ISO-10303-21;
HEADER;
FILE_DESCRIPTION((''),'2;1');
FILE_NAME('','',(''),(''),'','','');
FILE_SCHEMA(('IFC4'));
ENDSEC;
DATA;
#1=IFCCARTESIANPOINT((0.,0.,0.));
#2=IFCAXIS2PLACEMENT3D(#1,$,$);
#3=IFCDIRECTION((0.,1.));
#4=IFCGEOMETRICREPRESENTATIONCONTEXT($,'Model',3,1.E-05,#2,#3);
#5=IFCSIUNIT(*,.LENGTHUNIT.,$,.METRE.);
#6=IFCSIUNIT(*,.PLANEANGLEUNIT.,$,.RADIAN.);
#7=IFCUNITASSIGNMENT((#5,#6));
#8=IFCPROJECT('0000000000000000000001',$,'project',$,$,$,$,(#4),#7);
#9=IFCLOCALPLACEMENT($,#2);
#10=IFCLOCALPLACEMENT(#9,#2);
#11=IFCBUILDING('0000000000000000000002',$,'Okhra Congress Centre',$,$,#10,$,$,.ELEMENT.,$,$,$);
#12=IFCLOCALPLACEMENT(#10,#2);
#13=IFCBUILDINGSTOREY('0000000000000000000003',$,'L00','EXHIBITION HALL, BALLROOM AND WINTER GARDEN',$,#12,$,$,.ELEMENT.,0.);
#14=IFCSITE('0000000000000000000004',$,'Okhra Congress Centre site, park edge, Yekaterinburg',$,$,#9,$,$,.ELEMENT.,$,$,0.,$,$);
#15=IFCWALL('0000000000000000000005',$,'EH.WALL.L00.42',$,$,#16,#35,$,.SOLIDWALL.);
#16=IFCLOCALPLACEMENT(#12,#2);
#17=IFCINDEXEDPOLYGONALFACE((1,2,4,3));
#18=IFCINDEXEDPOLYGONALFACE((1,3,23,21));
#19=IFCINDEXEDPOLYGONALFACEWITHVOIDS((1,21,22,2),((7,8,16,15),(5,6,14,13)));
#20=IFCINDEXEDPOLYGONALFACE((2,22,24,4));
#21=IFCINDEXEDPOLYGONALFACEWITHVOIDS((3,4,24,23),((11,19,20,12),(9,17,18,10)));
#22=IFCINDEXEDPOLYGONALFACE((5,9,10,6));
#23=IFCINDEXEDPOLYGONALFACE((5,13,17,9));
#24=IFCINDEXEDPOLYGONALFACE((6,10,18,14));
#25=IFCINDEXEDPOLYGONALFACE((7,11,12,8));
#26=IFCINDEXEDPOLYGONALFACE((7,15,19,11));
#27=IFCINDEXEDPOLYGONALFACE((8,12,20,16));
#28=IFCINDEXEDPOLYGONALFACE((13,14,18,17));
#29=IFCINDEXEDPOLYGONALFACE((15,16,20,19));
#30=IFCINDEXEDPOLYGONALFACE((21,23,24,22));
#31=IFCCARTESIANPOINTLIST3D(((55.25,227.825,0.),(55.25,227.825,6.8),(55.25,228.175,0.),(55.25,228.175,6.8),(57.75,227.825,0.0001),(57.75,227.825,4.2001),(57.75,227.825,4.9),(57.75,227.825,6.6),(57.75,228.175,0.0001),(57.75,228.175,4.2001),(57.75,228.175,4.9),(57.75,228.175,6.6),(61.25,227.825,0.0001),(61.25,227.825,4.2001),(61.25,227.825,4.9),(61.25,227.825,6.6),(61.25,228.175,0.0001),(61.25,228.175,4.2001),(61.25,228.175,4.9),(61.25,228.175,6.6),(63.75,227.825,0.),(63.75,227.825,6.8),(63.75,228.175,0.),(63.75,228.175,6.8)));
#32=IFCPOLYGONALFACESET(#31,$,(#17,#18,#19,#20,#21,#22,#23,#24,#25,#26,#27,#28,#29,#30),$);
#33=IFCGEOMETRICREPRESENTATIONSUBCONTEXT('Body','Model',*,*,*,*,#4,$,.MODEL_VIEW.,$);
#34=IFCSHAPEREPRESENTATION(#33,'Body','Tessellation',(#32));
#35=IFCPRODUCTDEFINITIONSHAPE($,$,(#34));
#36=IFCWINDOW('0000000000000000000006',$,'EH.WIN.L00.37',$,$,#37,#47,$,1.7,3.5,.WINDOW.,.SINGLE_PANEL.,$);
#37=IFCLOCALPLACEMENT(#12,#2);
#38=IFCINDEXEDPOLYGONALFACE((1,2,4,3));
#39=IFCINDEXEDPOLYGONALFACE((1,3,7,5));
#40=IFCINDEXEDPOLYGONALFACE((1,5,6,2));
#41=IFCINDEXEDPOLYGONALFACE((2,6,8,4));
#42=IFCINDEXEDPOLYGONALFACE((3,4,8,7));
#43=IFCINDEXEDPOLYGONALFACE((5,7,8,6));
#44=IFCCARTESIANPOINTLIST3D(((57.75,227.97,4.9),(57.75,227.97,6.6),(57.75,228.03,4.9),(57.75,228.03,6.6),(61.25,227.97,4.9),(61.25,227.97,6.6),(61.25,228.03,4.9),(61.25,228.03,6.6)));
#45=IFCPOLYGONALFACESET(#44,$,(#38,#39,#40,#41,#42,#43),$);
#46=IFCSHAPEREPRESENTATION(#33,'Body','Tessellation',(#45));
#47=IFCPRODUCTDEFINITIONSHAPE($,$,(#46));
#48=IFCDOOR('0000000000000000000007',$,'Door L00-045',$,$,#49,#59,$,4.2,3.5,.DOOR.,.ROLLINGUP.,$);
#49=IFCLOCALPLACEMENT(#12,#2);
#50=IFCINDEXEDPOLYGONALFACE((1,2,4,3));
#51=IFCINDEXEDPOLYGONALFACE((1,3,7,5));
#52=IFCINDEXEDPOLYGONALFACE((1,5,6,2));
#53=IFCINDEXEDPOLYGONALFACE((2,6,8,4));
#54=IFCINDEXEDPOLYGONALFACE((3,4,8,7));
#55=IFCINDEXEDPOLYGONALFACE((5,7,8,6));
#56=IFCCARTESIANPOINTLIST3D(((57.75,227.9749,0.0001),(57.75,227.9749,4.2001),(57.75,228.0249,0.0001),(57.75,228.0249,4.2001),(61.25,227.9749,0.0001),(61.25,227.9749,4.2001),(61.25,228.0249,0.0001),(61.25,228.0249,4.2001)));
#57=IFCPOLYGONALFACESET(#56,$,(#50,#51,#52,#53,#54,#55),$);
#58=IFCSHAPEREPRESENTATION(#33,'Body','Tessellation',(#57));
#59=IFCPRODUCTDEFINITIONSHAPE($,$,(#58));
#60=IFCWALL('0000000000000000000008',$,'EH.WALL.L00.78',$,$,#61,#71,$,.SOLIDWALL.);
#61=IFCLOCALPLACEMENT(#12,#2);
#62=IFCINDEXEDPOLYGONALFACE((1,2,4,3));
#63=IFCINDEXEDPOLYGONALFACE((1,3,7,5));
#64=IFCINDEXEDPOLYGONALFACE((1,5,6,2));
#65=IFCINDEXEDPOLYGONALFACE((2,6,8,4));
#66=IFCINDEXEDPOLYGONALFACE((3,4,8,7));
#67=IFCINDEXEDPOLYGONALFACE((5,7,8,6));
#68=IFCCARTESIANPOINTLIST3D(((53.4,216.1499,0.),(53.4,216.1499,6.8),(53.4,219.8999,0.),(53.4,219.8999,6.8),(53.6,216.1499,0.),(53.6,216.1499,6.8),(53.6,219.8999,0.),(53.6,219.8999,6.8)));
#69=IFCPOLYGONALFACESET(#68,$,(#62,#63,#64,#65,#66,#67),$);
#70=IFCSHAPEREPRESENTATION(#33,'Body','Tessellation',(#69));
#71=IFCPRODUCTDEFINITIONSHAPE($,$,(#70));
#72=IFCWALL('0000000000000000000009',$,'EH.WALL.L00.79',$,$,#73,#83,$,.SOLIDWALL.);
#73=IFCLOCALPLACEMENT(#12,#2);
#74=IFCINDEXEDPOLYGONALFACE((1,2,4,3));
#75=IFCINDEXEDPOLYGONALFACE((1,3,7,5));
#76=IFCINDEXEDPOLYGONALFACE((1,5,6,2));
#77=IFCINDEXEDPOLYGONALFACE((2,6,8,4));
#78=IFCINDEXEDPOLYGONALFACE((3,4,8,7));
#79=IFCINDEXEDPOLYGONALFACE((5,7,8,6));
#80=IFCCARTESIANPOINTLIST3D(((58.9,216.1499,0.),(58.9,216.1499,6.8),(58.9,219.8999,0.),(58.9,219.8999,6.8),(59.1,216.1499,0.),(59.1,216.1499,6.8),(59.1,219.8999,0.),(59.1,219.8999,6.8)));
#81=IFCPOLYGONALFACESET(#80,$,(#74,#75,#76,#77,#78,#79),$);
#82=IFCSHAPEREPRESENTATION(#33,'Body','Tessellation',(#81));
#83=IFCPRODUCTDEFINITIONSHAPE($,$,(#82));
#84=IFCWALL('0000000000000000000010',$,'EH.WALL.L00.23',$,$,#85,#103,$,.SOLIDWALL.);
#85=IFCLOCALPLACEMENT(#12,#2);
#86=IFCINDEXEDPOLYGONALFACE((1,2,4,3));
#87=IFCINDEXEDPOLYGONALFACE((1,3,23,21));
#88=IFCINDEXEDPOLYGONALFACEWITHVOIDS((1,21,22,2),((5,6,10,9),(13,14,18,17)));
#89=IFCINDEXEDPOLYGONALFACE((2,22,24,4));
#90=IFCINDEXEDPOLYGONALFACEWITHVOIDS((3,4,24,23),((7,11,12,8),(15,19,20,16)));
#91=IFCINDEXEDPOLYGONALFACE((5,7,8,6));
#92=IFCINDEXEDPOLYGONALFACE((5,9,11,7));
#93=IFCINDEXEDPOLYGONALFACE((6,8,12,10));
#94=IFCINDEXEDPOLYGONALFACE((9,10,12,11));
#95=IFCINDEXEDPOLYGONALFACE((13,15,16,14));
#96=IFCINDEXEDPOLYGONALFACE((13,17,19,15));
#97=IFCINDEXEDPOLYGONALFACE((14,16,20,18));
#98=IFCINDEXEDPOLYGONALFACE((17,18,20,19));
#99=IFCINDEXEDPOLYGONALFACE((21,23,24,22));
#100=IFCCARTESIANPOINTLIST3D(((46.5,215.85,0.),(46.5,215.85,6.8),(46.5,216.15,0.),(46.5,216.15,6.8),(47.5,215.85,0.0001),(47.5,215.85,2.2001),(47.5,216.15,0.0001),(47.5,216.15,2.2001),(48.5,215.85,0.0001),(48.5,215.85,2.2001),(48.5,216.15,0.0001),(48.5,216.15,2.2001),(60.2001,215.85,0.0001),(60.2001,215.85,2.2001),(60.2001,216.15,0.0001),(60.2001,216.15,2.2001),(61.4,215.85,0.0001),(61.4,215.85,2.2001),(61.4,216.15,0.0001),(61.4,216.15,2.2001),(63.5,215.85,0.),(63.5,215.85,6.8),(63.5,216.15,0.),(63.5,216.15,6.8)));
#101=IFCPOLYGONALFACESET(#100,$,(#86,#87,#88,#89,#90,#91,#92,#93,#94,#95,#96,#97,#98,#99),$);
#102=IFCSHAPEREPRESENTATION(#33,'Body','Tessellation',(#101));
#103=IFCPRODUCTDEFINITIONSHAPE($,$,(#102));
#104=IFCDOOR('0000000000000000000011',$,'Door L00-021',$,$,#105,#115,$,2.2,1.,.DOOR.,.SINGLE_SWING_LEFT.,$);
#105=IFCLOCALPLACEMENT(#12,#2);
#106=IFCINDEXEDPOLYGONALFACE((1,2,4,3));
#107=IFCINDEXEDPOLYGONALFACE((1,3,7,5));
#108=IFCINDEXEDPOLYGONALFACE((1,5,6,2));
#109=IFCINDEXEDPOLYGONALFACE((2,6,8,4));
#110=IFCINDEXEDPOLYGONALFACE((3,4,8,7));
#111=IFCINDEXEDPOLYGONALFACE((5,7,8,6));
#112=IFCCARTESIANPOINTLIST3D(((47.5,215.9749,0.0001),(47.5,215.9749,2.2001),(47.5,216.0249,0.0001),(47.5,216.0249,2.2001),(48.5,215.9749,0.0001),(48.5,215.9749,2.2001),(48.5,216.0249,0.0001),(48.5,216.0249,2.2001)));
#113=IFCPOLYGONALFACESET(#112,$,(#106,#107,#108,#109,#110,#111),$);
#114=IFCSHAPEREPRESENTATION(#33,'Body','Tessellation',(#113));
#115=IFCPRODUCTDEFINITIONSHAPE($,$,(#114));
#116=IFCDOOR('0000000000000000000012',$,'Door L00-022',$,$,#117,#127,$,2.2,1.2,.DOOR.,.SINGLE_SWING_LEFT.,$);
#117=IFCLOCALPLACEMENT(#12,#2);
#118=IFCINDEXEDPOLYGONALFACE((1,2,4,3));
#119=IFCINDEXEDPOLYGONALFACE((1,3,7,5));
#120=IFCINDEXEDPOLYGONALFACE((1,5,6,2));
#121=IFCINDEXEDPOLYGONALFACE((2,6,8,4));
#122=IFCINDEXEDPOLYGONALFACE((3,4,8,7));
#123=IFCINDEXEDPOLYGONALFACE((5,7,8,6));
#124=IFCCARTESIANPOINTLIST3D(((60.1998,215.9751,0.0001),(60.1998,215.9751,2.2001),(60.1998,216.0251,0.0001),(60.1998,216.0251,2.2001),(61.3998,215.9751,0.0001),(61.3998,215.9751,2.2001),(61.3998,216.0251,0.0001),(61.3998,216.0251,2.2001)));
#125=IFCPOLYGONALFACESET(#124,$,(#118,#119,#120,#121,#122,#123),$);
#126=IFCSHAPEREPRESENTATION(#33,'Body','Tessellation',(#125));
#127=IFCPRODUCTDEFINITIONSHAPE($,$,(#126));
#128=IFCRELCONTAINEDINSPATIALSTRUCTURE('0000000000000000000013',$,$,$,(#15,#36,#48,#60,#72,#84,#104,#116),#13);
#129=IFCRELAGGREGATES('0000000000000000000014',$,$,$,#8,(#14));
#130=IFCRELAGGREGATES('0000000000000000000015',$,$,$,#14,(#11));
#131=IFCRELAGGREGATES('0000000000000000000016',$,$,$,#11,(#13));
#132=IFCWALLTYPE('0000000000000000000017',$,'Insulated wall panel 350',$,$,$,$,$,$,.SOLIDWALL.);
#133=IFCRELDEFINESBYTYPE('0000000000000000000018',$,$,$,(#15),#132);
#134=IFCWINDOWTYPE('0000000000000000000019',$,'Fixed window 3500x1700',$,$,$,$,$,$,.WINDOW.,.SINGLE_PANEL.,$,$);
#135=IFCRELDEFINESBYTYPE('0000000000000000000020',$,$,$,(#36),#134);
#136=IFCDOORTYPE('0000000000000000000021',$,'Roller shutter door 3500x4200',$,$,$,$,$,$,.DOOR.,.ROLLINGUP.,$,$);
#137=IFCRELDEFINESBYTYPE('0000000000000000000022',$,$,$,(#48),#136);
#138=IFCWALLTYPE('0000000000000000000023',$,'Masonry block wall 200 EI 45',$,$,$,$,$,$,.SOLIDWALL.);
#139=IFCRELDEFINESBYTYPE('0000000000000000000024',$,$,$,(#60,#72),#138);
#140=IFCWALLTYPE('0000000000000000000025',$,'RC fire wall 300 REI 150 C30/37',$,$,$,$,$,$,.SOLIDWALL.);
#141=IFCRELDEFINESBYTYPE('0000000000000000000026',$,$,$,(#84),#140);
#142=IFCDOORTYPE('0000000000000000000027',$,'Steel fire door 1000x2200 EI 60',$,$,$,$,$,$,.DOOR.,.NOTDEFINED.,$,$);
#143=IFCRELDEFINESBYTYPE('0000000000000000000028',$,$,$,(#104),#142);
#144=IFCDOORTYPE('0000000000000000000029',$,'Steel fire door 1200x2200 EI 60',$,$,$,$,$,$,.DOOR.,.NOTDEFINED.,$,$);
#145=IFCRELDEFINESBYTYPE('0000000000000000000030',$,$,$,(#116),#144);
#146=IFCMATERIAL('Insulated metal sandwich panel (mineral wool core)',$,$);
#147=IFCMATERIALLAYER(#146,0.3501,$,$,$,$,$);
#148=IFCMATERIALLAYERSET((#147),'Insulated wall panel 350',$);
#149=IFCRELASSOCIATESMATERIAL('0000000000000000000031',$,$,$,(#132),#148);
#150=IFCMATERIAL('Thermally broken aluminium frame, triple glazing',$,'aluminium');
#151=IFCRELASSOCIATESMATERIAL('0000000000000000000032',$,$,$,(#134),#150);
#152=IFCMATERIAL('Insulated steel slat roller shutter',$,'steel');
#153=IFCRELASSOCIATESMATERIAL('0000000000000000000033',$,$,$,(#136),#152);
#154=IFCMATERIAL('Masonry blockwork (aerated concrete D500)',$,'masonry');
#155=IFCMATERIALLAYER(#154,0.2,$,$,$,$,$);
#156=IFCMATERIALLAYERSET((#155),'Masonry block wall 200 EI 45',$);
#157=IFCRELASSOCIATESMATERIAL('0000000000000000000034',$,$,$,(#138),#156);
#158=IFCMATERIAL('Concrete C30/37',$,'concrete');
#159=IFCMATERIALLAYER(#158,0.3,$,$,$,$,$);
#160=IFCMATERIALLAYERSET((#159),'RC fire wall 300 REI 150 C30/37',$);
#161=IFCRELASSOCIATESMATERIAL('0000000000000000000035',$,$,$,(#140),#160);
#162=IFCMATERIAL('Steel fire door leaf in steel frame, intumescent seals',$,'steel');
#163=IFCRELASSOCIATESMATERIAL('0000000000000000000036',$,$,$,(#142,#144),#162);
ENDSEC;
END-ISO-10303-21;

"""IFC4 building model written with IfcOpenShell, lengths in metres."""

from ifc_helpers import new_model, si_unit, direction, frame, frame_2d, origin, place, context, subcontext, project, spatial, rectangle, extrude, material, layer, layer_set, type_object, element, fill, save


model = new_model("IFC4")

# Units and contexts
model_context = context("Model", 3, precision=1e-05, world=origin(), true_north=direction((0.0, 1.0)))
body_context = subcontext(model_context, "Body", "Model", "MODEL_VIEW")
ifc_project = project(units=[si_unit("LENGTHUNIT", "METRE"), si_unit("PLANEANGLEUNIT", "RADIAN")], contexts=[model_context])

# Site, building, storey
site_placement = place(None, origin())
site = spatial("IfcSite", under=ifc_project, at=site_placement, Name="Okhra Congress Centre site, park edge, Yekaterinburg", CompositionType="ELEMENT", RefElevation=0.0)
building_placement = place(site_placement, origin())
building = spatial("IfcBuilding", under=site, at=building_placement, Name="Okhra Congress Centre", CompositionType="ELEMENT")
storey_placement = place(building_placement, origin())
storey = spatial("IfcBuildingStorey", under=building, at=storey_placement, Name="L00", Description="EXHIBITION HALL, BALLROOM AND WINTER GARDEN", CompositionType="ELEMENT", Elevation=0.0)

# Shared definitions
ifc_material_1 = material(Name="Concrete C30/37", Category="concrete")

# Wall, openings, window, door
ifc_material_2 = material(Name="Insulated metal sandwich panel (mineral wool core)")
ifc_layer_1 = layer(ifc_material_2, 0.3501)
ifc_layer_set_1 = layer_set([ifc_layer_1], Name="Insulated wall panel 350")
wall_type_1 = type_object("IfcWallType", Name="Insulated wall panel 350", PredefinedType="SOLIDWALL", material=ifc_layer_set_1)
ifc_material_3 = material(Name="Thermally broken aluminium frame, triple glazing", Category="aluminium")
window_type = type_object("IfcWindowType", Name="Fixed window 3500x1700", PartitioningType="SINGLE_PANEL", PredefinedType="WINDOW", material=ifc_material_3)
ifc_material_4 = material(Name="Insulated steel slat roller shutter", Category="steel")
door_type_1 = type_object("IfcDoorType", Name="Roller shutter door 3500x4200", OperationType="ROLLINGUP", PredefinedType="DOOR", material=ifc_material_4)
wall_1_placement = place(storey_placement, frame((55.25, 228.0, 0.0), z_axis=(0.0, 0.0, 1.0), x_axis=(1.0, 0.0, 0.0)))
wall_1 = element("IfcWall", 1, at=wall_1_placement, inside=storey, type_object=wall_type_1, Name="EH.WALL.L00.42", PredefinedType="SOLIDWALL", context=body_context, shape_type="SweptSolid", body=[
    extrude(rectangle(XDim=8.5, YDim=0.3501, at=frame_2d((4.25, 0.0))), origin(), (0.0, 0.0, 1.0), 6.8),
])
opening_1_placement = place(wall_1_placement, frame((2.5, 0.0, 0.0)))
opening_1 = element("IfcOpeningElement", 2, at=opening_1_placement, cuts=wall_1, PredefinedType="OPENING", context=body_context, shape_type="SweptSolid", body=[
    extrude(rectangle(XDim=3.5, YDim=4.2, at=frame_2d((1.75, 2.1001))), frame((0.0, 0.1851, 0.0), z_axis=(0.0, -1.0, 0.0), x_axis=(1.0, 0.0, 0.0)), (0.0, 0.0, 1.0), 0.3701),
])
opening_2_placement = place(wall_1_placement, frame((2.5, 0.0, 4.8999)))
opening_2 = element("IfcOpeningElement", 3, at=opening_2_placement, cuts=wall_1, PredefinedType="OPENING", context=body_context, shape_type="SweptSolid", body=[
    extrude(rectangle(XDim=3.5, YDim=1.7, at=frame_2d((1.75, 0.8501))), frame((0.0, 0.1851, 0.0), z_axis=(0.0, -1.0, 0.0), x_axis=(1.0, 0.0, 0.0)), (0.0, 0.0, 1.0), 0.3701),
])
window_1_placement = place(opening_2_placement, origin())
window_1 = element("IfcWindow", 4, at=window_1_placement, inside=storey, type_object=window_type, Name="EH.WIN.L00.37", OverallHeight=1.7, OverallWidth=3.5, PartitioningType="SINGLE_PANEL", PredefinedType="WINDOW", context=body_context, shape_type="SweptSolid", body=[
    extrude(rectangle(XDim=3.5, YDim=1.7, at=frame_2d((1.75, 0.8501))), frame((0.0, 0.03, 0.0), z_axis=(0.0, -1.0, 0.0), x_axis=(1.0, 0.0, 0.0)), (0.0, 0.0, 1.0), 0.0601),
])
fill(opening_2, window_1)
door_1_placement = place(opening_1_placement, origin())
door_1 = element("IfcDoor", 5, at=door_1_placement, inside=storey, type_object=door_type_1, Name="Door L00-045", OperationType="ROLLINGUP", OverallHeight=4.2, OverallWidth=3.5, PredefinedType="DOOR", context=body_context, shape_type="SweptSolid", body=[
    extrude(rectangle(XDim=3.5, YDim=4.2, at=frame_2d((1.75, 2.1001))), frame((0.0, 0.0249, 0.0), z_axis=(0.0, -1.0, 0.0), x_axis=(1.0, 0.0, 0.0)), (0.0, 0.0, 1.0), 0.05),
])
fill(opening_1, door_1)

# Walls
ifc_material_5 = material(Name="Masonry blockwork (aerated concrete D500)", Category="masonry")
ifc_layer_2 = layer(ifc_material_5, 0.2)
ifc_layer_set_2 = layer_set([ifc_layer_2], Name="Masonry block wall 200 EI 45")
wall_type_2 = type_object("IfcWallType", Name="Masonry block wall 200 EI 45", PredefinedType="SOLIDWALL", material=ifc_layer_set_2)
for number, where, z_axis, x_axis, name in (
    (6, (53.5, 216.1499, 0.0), (0.0, 0.0, 1.0), (0.0, 1.0, 0.0), "EH.WALL.L00.78"),
    (7, (59.0, 216.1499, 0.0), (0.0, 0.0, 1.0), (0.0, 1.0, 0.0), "EH.WALL.L00.79"),
):
    element("IfcWall", number, at=place(storey_placement, frame(where, z_axis=z_axis, x_axis=x_axis)), inside=storey, type_object=wall_type_2, Name=name, PredefinedType="SOLIDWALL", context=body_context, shape_type="SweptSolid", body=[
        extrude(rectangle(XDim=3.75, YDim=0.2, at=frame_2d((1.875, 0.0))), origin(), (0.0, 0.0, 1.0), 6.8),
    ])

# Wall, openings, doors
ifc_layer_3 = layer(ifc_material_1, 0.3)
ifc_layer_set_3 = layer_set([ifc_layer_3], Name="RC fire wall 300 REI 150 C30/37")
wall_type_3 = type_object("IfcWallType", Name="RC fire wall 300 REI 150 C30/37", PredefinedType="SOLIDWALL", material=ifc_layer_set_3)
wall_2_placement = place(storey_placement, frame((46.5, 216.0, 0.0), z_axis=(0.0, 0.0, 1.0), x_axis=(1.0, 0.0, 0.0)))
wall_2 = element("IfcWall", 8, at=wall_2_placement, inside=storey, type_object=wall_type_3, Name="EH.WALL.L00.23", PredefinedType="SOLIDWALL", context=body_context, shape_type="SweptSolid", body=[
    extrude(rectangle(XDim=17.0, YDim=0.3, at=frame_2d((8.5, 0.0))), origin(), (0.0, 0.0, 1.0), 6.8),
])
opening_3_placement = place(wall_2_placement, frame((1.0, 0.0, 0.0)))
opening_3 = element("IfcOpeningElement", 9, at=opening_3_placement, cuts=wall_2, PredefinedType="OPENING", context=body_context, shape_type="SweptSolid", body=[
    extrude(rectangle(XDim=1.0, YDim=2.2, at=frame_2d((0.5, 1.1001))), frame((0.0, 0.1599, 0.0), z_axis=(0.0, -1.0, 0.0), x_axis=(1.0, 0.0, 0.0)), (0.0, 0.0, 1.0), 0.3201),
])
opening_4_placement = place(wall_2_placement, frame((13.7, 0.0, 0.0)))
opening_4 = element("IfcOpeningElement", 10, at=opening_4_placement, cuts=wall_2, PredefinedType="OPENING", context=body_context, shape_type="SweptSolid", body=[
    extrude(rectangle(XDim=1.2, YDim=2.2, at=frame_2d((0.6001, 1.1001))), frame((0.0, 0.1599, 0.0), z_axis=(0.0, -1.0, 0.0), x_axis=(1.0, 0.0, 0.0)), (0.0, 0.0, 1.0), 0.3201),
])
ifc_material_6 = material(Name="Steel fire door leaf in steel frame, intumescent seals", Category="steel")
door_type_2 = type_object("IfcDoorType", Name="Steel fire door 1000x2200 EI 60", OperationType="NOTDEFINED", PredefinedType="DOOR", material=ifc_material_6)
door_2_placement = place(opening_3_placement, origin())
door_2 = element("IfcDoor", 11, at=door_2_placement, inside=storey, type_object=door_type_2, Name="Door L00-021", OperationType="SINGLE_SWING_LEFT", OverallHeight=2.2, OverallWidth=1.0, PredefinedType="DOOR", context=body_context, shape_type="SweptSolid", body=[
    extrude(rectangle(XDim=1.0, YDim=2.2, at=frame_2d((0.5, 1.1001))), frame((0.0, 0.0249, 0.0), z_axis=(0.0, -1.0, 0.0), x_axis=(1.0, 0.0, 0.0)), (0.0, 0.0, 1.0), 0.05),
])
fill(opening_3, door_2)
door_type_3 = type_object("IfcDoorType", Name="Steel fire door 1200x2200 EI 60", OperationType="NOTDEFINED", PredefinedType="DOOR", material=ifc_material_6)
door_3_placement = place(opening_4_placement, frame((1.2, 0.0, 0.0), z_axis=(0.0, 0.0, 1.0), x_axis=(-1.0, 0.0, 0.0)))
door_3 = element("IfcDoor", 12, at=door_3_placement, inside=storey, type_object=door_type_3, Name="Door L00-022", OperationType="SINGLE_SWING_LEFT", OverallHeight=2.2, OverallWidth=1.2, PredefinedType="DOOR", context=body_context, shape_type="SweptSolid", body=[
    extrude(rectangle(XDim=1.2, YDim=2.2, at=frame_2d((0.6001, 1.1001))), frame((0.0, 0.0249, 0.0), z_axis=(0.0, -1.0, 0.0), x_axis=(1.0, 0.0, 0.0)), (0.0, 0.0, 1.0), 0.05),
])
fill(opening_4, door_3)

save(model, "model.ifc")
